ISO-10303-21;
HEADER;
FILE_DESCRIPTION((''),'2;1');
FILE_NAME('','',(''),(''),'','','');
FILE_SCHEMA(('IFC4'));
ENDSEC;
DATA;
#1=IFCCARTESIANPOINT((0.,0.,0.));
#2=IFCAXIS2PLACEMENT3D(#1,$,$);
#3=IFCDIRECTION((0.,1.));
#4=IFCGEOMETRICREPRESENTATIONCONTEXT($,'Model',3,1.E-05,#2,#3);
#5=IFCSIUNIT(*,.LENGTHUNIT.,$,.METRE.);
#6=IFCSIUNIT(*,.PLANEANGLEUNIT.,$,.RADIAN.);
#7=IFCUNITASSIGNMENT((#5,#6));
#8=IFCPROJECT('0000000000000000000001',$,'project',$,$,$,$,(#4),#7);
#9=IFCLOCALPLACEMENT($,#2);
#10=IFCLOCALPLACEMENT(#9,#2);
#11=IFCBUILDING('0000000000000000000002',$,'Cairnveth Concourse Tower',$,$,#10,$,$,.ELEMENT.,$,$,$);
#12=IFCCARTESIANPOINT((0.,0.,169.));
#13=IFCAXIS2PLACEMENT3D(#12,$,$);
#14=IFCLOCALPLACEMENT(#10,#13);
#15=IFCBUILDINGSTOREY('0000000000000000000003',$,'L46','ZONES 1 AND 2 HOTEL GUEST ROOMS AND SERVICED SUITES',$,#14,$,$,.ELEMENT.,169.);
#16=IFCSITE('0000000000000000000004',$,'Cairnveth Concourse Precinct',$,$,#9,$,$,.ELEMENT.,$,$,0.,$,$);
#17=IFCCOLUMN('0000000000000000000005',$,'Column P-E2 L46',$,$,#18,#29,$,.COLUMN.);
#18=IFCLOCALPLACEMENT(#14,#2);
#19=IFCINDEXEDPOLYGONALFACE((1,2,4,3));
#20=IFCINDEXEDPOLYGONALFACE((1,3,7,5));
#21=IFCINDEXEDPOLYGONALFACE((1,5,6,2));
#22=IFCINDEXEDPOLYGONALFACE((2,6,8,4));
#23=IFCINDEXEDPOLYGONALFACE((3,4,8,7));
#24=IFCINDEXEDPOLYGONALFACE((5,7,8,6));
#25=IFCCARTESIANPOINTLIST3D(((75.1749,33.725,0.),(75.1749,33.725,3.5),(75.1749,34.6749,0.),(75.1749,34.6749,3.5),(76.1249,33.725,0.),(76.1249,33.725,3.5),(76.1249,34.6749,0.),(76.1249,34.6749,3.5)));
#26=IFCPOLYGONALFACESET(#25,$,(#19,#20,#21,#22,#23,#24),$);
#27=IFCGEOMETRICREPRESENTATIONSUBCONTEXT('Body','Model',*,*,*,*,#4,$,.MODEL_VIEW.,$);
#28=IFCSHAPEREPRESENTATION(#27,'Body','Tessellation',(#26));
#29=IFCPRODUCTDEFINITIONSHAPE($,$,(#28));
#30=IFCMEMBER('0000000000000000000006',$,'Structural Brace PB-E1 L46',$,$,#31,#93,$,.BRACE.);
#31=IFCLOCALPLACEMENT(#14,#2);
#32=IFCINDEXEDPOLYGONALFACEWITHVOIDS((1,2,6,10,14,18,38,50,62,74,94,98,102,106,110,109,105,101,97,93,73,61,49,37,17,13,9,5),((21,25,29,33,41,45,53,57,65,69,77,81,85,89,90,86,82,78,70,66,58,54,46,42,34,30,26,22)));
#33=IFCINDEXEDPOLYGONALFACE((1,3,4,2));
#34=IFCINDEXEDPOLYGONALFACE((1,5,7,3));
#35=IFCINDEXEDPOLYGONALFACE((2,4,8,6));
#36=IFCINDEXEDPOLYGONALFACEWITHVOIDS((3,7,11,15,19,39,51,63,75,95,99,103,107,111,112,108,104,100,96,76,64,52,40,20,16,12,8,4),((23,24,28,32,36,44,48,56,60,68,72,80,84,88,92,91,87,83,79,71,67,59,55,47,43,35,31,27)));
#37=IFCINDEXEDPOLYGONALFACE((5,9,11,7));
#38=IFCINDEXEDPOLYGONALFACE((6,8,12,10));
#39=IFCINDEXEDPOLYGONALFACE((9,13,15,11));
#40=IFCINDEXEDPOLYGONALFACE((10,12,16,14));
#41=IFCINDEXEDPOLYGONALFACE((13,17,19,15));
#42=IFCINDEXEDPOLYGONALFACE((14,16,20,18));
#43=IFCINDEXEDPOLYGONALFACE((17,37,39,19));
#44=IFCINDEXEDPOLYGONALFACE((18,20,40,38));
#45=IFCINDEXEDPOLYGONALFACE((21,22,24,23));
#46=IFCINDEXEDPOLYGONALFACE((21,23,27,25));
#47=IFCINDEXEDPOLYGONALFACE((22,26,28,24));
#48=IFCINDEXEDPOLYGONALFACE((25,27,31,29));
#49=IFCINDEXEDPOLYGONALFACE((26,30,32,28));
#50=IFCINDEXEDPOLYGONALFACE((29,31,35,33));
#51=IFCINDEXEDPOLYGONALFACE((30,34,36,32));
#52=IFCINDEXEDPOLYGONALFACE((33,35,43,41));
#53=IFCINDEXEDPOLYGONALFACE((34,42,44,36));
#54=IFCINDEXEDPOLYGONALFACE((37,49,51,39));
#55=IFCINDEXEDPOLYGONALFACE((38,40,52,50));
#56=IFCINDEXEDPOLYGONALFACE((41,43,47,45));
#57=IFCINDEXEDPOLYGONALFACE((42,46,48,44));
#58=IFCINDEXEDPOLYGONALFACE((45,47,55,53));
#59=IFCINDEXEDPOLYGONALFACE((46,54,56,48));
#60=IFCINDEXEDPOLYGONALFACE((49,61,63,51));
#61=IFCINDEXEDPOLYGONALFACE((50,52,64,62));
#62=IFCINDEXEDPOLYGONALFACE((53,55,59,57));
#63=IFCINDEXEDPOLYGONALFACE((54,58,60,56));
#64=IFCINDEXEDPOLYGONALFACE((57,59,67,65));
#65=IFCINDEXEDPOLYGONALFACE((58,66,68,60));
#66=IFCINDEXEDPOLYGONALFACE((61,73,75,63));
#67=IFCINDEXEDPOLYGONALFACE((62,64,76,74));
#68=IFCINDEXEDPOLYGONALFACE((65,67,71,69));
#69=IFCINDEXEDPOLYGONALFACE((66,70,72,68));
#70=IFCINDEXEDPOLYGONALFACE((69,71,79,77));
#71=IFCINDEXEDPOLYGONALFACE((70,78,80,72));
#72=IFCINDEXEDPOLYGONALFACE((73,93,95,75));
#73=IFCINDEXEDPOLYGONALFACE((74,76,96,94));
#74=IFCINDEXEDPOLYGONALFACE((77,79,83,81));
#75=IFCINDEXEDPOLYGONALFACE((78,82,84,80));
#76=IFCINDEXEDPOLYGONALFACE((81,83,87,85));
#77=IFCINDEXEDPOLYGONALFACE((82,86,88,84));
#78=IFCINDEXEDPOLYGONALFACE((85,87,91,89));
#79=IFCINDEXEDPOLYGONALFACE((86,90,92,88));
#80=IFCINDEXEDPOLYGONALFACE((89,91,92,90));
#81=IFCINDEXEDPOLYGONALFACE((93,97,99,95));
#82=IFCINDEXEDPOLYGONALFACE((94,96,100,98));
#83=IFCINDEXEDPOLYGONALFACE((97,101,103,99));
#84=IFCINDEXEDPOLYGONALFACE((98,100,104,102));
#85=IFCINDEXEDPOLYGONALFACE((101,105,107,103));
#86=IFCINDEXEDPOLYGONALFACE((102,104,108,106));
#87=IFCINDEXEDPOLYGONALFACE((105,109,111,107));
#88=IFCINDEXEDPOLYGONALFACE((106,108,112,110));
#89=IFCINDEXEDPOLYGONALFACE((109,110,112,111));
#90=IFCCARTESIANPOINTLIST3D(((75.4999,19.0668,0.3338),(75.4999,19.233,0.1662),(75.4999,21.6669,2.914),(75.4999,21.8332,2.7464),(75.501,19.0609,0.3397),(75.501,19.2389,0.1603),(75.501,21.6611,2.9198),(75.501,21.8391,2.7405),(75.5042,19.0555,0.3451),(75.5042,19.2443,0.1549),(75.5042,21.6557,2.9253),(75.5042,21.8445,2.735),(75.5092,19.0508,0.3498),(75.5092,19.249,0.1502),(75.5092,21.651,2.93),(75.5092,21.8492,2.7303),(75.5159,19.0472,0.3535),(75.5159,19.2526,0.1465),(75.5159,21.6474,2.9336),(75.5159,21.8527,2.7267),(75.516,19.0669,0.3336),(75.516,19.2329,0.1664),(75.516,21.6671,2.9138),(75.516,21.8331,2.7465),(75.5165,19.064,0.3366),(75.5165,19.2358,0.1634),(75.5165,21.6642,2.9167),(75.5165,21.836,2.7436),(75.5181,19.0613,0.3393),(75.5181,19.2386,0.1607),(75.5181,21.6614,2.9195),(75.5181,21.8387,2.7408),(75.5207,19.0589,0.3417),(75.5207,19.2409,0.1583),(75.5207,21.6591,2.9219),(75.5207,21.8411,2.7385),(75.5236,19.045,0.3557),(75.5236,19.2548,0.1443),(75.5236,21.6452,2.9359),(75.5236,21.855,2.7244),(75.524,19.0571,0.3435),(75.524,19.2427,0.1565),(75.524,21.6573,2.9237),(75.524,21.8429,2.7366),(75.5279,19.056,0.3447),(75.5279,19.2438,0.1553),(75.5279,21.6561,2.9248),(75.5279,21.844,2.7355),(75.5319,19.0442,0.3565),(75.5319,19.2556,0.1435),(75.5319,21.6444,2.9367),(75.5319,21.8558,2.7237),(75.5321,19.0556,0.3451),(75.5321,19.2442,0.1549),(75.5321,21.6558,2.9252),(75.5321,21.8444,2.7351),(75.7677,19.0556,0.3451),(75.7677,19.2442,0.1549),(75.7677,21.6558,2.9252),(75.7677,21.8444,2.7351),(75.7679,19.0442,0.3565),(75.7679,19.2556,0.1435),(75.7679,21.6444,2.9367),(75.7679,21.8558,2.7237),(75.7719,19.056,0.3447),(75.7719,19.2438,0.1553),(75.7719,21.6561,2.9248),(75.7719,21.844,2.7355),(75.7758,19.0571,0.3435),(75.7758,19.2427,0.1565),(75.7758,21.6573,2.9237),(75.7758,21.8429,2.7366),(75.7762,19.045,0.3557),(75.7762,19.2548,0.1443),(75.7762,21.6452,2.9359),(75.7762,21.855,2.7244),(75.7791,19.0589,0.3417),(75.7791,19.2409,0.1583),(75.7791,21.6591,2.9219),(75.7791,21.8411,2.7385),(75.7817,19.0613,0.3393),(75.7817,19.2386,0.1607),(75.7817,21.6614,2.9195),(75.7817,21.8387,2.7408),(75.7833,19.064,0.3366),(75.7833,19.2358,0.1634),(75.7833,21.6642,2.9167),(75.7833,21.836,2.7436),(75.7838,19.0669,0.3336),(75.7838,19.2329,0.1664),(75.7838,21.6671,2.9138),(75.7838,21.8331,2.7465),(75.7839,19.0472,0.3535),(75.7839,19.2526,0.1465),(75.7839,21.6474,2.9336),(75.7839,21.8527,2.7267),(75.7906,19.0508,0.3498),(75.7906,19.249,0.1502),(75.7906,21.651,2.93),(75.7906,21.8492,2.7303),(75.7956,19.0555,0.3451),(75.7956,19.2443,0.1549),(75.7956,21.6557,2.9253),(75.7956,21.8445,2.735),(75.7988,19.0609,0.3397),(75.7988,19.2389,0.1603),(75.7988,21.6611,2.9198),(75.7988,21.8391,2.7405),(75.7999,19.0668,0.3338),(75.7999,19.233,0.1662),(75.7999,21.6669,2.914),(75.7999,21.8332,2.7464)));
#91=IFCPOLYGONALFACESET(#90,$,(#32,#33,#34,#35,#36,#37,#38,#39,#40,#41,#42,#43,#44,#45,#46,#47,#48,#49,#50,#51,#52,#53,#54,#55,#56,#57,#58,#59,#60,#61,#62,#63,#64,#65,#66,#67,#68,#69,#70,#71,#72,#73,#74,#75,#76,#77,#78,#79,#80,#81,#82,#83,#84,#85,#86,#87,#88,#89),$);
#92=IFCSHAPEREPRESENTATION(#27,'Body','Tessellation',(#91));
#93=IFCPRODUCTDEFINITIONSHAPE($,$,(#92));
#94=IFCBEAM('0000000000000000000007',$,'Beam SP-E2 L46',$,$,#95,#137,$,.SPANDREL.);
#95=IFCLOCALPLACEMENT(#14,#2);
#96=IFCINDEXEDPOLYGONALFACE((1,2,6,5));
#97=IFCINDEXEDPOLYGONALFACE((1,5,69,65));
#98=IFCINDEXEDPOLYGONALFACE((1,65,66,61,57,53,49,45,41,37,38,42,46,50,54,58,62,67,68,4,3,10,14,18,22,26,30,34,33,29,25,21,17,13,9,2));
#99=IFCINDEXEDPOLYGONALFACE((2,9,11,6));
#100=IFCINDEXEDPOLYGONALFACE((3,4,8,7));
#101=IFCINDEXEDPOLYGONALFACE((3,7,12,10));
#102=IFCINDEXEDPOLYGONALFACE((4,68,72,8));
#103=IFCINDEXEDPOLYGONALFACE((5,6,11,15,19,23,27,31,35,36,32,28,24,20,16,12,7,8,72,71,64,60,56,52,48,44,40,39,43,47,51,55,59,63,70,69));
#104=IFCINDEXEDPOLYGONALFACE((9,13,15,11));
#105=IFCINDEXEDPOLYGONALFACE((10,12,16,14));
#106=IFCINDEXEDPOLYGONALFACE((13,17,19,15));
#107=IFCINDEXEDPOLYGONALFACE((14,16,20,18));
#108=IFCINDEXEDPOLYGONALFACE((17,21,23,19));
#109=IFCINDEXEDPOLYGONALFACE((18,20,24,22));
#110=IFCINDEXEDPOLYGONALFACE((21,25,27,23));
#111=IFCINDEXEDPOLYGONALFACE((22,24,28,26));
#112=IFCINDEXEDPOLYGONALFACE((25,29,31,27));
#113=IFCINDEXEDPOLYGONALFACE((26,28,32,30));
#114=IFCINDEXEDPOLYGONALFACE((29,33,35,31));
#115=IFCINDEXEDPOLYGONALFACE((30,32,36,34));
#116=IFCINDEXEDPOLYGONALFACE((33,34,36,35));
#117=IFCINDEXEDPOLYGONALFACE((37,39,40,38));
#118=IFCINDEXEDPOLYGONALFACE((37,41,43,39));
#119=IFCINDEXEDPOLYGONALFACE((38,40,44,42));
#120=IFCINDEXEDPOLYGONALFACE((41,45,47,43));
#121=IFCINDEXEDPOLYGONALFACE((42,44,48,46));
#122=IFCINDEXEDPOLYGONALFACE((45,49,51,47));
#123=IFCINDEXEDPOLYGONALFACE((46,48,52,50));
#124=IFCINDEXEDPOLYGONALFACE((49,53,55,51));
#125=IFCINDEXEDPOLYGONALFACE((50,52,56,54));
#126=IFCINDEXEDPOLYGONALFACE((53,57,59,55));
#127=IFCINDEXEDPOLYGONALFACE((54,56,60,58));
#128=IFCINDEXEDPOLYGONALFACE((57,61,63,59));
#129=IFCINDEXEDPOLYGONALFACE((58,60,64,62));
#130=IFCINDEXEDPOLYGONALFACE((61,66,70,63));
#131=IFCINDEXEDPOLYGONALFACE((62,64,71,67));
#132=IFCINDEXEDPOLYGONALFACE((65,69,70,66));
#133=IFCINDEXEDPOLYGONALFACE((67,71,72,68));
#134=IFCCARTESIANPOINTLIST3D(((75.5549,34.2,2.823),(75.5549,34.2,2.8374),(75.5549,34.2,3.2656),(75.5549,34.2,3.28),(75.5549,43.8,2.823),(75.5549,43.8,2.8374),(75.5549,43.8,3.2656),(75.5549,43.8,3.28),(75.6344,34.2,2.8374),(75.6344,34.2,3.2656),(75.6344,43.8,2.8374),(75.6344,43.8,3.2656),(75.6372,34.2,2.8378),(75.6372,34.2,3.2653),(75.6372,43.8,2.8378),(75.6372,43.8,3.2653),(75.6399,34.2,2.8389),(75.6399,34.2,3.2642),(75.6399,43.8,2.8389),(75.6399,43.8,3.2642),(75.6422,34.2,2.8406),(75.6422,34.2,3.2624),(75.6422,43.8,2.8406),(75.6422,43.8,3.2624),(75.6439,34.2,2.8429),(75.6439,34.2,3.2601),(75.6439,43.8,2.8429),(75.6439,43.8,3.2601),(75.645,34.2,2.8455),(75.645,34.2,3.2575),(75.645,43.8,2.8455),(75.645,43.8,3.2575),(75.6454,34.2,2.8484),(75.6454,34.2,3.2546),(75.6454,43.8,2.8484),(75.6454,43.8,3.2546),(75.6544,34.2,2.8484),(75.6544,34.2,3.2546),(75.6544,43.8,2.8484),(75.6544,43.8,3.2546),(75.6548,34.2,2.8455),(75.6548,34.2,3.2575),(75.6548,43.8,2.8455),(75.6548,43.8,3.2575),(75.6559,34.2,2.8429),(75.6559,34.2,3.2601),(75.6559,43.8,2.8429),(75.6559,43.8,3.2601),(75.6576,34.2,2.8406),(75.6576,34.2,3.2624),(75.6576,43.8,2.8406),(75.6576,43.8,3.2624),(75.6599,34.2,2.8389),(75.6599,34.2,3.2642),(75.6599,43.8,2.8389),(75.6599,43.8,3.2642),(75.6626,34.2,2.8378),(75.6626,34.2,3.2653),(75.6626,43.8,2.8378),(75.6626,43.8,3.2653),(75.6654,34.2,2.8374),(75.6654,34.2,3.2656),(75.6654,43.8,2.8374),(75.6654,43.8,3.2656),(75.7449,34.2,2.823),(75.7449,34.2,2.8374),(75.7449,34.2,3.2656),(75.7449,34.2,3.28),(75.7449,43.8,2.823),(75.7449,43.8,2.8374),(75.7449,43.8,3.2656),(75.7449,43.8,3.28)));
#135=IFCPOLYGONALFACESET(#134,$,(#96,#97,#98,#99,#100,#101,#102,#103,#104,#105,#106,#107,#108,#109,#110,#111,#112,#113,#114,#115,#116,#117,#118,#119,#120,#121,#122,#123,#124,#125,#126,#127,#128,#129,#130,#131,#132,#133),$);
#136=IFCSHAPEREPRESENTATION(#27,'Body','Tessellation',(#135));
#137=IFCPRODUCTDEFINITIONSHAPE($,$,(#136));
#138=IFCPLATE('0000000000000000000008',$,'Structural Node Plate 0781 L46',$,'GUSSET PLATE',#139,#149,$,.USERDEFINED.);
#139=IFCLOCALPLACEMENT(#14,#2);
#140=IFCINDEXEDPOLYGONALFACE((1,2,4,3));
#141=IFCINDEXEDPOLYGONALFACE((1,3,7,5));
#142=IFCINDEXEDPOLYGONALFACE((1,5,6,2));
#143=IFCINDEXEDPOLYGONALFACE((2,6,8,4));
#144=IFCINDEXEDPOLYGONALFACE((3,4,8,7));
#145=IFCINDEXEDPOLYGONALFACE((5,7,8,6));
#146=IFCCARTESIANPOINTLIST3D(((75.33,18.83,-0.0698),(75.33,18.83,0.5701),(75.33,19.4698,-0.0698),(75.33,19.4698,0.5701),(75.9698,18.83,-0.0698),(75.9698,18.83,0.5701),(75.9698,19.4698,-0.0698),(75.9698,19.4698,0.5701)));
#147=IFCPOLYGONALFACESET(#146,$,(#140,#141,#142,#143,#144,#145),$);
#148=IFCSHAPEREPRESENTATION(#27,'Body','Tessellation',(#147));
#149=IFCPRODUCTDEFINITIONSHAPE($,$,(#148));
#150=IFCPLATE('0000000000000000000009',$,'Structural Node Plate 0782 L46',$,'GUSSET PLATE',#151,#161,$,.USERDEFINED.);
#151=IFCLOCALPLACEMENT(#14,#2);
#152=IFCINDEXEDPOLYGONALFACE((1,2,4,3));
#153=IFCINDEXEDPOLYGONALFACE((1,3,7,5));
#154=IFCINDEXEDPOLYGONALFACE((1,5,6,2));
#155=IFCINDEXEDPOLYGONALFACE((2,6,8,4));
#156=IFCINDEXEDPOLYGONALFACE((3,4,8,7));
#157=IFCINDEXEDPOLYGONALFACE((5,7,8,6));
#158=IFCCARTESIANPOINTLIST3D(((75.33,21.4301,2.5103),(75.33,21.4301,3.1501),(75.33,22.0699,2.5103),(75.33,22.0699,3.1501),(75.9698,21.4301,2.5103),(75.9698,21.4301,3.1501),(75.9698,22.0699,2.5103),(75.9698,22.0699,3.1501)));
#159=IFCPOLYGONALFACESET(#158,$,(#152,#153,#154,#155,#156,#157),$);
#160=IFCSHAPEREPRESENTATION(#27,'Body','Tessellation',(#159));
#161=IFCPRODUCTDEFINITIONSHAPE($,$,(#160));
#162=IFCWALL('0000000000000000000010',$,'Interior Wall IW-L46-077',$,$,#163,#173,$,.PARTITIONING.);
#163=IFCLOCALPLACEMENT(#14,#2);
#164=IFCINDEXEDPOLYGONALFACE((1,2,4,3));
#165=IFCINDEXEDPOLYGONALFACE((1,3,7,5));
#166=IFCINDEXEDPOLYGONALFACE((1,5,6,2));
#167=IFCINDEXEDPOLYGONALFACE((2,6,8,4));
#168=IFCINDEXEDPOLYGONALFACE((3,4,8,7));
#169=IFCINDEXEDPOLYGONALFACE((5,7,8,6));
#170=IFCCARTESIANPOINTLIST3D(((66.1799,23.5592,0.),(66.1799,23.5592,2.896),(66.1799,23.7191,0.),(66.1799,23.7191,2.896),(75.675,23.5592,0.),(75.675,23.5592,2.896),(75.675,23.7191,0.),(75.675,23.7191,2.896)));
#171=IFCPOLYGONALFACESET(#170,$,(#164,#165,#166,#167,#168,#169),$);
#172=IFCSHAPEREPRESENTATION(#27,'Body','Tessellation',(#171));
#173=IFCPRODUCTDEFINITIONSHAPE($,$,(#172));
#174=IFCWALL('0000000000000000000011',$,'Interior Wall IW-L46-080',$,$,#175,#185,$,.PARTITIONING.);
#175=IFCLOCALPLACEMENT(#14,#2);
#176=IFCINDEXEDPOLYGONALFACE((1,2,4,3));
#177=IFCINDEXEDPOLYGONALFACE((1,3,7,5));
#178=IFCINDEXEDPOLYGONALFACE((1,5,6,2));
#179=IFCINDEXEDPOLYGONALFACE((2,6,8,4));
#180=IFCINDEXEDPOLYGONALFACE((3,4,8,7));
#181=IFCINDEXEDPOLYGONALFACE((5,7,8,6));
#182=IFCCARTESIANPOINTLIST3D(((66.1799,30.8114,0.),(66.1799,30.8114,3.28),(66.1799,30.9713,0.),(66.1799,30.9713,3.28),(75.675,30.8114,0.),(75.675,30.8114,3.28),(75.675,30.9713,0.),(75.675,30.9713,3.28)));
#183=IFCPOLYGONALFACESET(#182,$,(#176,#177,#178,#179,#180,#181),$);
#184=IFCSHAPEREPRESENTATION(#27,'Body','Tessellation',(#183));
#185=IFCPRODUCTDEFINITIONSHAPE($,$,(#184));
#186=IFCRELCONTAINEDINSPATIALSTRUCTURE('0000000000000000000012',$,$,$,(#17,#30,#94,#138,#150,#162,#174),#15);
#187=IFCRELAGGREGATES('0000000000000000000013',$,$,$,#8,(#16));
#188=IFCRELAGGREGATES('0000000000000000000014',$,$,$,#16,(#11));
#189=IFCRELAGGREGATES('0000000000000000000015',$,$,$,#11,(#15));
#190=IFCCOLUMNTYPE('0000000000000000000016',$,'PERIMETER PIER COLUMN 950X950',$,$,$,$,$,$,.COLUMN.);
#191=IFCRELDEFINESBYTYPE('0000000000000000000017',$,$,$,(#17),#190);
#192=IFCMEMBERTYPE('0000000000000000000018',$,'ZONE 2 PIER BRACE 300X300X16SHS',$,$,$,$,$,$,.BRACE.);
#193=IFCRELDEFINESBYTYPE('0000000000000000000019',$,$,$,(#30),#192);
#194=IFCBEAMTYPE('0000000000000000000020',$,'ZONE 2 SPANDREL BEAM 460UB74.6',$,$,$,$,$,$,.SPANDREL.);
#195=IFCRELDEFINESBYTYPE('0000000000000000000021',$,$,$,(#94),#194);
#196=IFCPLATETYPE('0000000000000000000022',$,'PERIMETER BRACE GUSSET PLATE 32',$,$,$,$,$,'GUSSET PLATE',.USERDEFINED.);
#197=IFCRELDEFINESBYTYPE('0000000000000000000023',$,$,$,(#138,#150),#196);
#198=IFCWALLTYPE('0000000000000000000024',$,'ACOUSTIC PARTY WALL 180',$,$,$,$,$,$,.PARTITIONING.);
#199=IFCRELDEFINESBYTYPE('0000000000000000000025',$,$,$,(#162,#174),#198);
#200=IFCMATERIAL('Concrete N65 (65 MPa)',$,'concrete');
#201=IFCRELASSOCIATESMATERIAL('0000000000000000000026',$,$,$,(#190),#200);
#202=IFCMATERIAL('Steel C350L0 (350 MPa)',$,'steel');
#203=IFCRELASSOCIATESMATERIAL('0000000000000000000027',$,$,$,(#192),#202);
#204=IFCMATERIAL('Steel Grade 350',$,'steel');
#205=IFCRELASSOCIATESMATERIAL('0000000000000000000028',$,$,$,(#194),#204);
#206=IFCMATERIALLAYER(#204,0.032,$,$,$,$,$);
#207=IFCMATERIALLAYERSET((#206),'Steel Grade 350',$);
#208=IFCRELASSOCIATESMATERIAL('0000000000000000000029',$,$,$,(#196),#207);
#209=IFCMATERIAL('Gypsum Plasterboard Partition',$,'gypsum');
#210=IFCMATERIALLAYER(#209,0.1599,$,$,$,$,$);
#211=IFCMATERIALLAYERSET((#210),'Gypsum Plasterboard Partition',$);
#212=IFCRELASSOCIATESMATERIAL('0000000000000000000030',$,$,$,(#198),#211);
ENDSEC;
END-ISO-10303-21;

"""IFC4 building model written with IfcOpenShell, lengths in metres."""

from ifc_helpers import new_model, si_unit, direction, frame, frame_2d, origin, origin_2d, place, context, subcontext, project, spatial, rectangle, hollow_rectangle, i_section, extrude, material, layer, layer_set, material_profile, profile_set, type_object, element, save


model = new_model("IFC4")

# Units and contexts
model_context = context("Model", 3, precision=1e-05, world=origin(), true_north=direction((0.0, 1.0)))
body_context = subcontext(model_context, "Body", "Model", "MODEL_VIEW")
ifc_project = project(units=[si_unit("LENGTHUNIT", "METRE"), si_unit("PLANEANGLEUNIT", "RADIAN")], contexts=[model_context])

# Site, building, storey
site_placement = place(None, origin())
site = spatial("IfcSite", under=ifc_project, at=site_placement, Name="Cairnveth Concourse Precinct", CompositionType="ELEMENT", RefElevation=0.0)
building_placement = place(site_placement, origin())
building = spatial("IfcBuilding", under=site, at=building_placement, Name="Cairnveth Concourse Tower", CompositionType="ELEMENT")
storey_placement = place(building_placement, frame((0.0, 0.0, 169.0)))
storey = spatial("IfcBuildingStorey", under=building, at=storey_placement, Name="L46", Description="ZONES 1 AND 2 HOTEL GUEST ROOMS AND SERVICED SUITES", CompositionType="ELEMENT", Elevation=169.0)

# Column
ifc_material_1 = material(Name="Concrete N65 (65 MPa)", Category="concrete")
ifc_material_profile_1 = material_profile(ifc_material_1, rectangle(XDim=0.95, YDim=0.95, at=origin_2d()), Name="RC-COL-950x950")
ifc_profile_set_1 = profile_set([ifc_material_profile_1], Name="Concrete N65 (65 MPa)")
column_type = type_object("IfcColumnType", Name="PERIMETER PIER COLUMN 950X950", PredefinedType="COLUMN", material=ifc_profile_set_1)
column_placement = place(storey_placement, frame((75.6499, 34.2, 0.0), z_axis=(0.0, 0.0, 1.0), x_axis=(0.0, 1.0, 0.0)))
element("IfcColumn", 1, at=column_placement, inside=storey, type_object=column_type, Name="Column P-E2 L46", PredefinedType="COLUMN", context=body_context, shape_type="SweptSolid", body=[
    extrude(rectangle(XDim=0.95, YDim=0.95, at=origin_2d()), origin(), (0.0, 0.0, 1.0), 3.5),
])

# Member
ifc_material_2 = material(Name="Steel C350L0 (350 MPa)", Category="steel")
ifc_material_profile_2 = material_profile(ifc_material_2, hollow_rectangle(XDim=0.3, YDim=0.3, WallThickness=0.0161, InnerFilletRadius=0.0161, OuterFilletRadius=0.032, at=origin_2d()), Name="300x300x16.0SHS")
ifc_profile_set_2 = profile_set([ifc_material_profile_2], Name="Steel C350L0 (350 MPa)")
member_type = type_object("IfcMemberType", Name="ZONE 2 PIER BRACE 300X300X16SHS", PredefinedType="BRACE", material=ifc_profile_set_2)
member_placement = place(storey_placement, frame((75.6499, 19.1499, 0.25), z_axis=(0.0, 0.709834, 0.704369), x_axis=(-1.0, 0.0, 0.0)))
element("IfcMember", 2, at=member_placement, inside=storey, type_object=member_type, Name="Structural Brace PB-E1 L46", PredefinedType="BRACE", context=body_context, shape_type="SweptSolid", body=[
    extrude(hollow_rectangle(XDim=0.3, YDim=0.3, WallThickness=0.0161, InnerFilletRadius=0.0161, OuterFilletRadius=0.032, at=origin_2d()), origin(), (0.0, 0.0, 1.0), 3.6631),
])

# Beam
ifc_material_3 = material(Name="Steel Grade 350", Category="steel")
ifc_material_profile_3 = material_profile(ifc_material_3, i_section(OverallWidth=0.1899, OverallDepth=0.457, WebThickness=0.009, FlangeThickness=0.0144, FilletRadius=0.011, at=origin_2d()), Name="460UB74.6")
ifc_profile_set_3 = profile_set([ifc_material_profile_3], Name="Steel Grade 350")
beam_type = type_object("IfcBeamType", Name="ZONE 2 SPANDREL BEAM 460UB74.6", PredefinedType="SPANDREL", material=ifc_profile_set_3)
beam_placement = place(storey_placement, frame((75.6499, 34.2, 3.0515), z_axis=(0.0, 1.0, 0.0), x_axis=(-1.0, 0.0, 0.0)))
element("IfcBeam", 3, at=beam_placement, inside=storey, type_object=beam_type, Name="Beam SP-E2 L46", PredefinedType="SPANDREL", context=body_context, shape_type="SweptSolid", body=[
    extrude(i_section(OverallWidth=0.1899, OverallDepth=0.457, WebThickness=0.009, FlangeThickness=0.0144, FilletRadius=0.011, at=origin_2d()), origin(), (0.0, 0.0, 1.0), 9.6001),
])

# Plates
ifc_layer_1 = layer(ifc_material_3, 0.032)
ifc_layer_set_1 = layer_set([ifc_layer_1], Name="Steel Grade 350")
plate_type = type_object("IfcPlateType", Name="PERIMETER BRACE GUSSET PLATE 32", ElementType="GUSSET PLATE", PredefinedType="USERDEFINED", material=ifc_layer_set_1)
for number, where, z_axis, x_axis, name in (
    (4, (75.6499, 19.1499, -0.0698), (0.0, 0.0, 1.0), (1.0, 0.0, 0.0), "Structural Node Plate 0781 L46"),
    (5, (75.6499, 21.75, 2.5103), (0.0, 0.0, 1.0), (1.0, 0.0, 0.0), "Structural Node Plate 0782 L46"),
):
    element("IfcPlate", number, at=place(storey_placement, frame(where, z_axis=z_axis, x_axis=x_axis)), inside=storey, type_object=plate_type, Name=name, ObjectType="GUSSET PLATE", PredefinedType="USERDEFINED", context=body_context, shape_type="SweptSolid", body=[
        extrude(rectangle(XDim=0.6399, YDim=0.6399, at=origin_2d()), origin(), (0.0, 0.0, 1.0), 0.6399),
    ])

# Walls
ifc_material_4 = material(Name="Gypsum Plasterboard Partition", Category="gypsum")
ifc_layer_2 = layer(ifc_material_4, 0.1599)
ifc_layer_set_2 = layer_set([ifc_layer_2], Name="Gypsum Plasterboard Partition")
wall_type_1 = type_object("IfcWallType", Name="ACOUSTIC PARTY WALL 180", PredefinedType="PARTITIONING", material=ifc_layer_set_2)
wall_1_placement = place(storey_placement, frame((66.1799, 23.6392, 0.0), z_axis=(0.0, 0.0, 1.0), x_axis=(1.0, 0.0, 0.0)))
element("IfcWall", 6, at=wall_1_placement, inside=storey, type_object=wall_type_1, Name="Interior Wall IW-L46-077", PredefinedType="PARTITIONING", context=body_context, shape_type="SweptSolid", body=[
    extrude(rectangle(XDim=9.4951, YDim=0.1599, at=frame_2d((4.7476, 0.0))), origin(), (0.0, 0.0, 1.0), 2.896),
])
wall_2_placement = place(storey_placement, frame((66.1799, 30.8914, 0.0), z_axis=(0.0, 0.0, 1.0), x_axis=(1.0, 0.0, 0.0)))
element("IfcWall", 7, at=wall_2_placement, inside=storey, type_object=wall_type_1, Name="Interior Wall IW-L46-080", PredefinedType="PARTITIONING", context=body_context, shape_type="SweptSolid", body=[
    extrude(rectangle(XDim=9.4951, YDim=0.1599, at=frame_2d((4.7476, 0.0))), origin(), (0.0, 0.0, 1.0), 3.28),
])

save(model, "model.ifc")
